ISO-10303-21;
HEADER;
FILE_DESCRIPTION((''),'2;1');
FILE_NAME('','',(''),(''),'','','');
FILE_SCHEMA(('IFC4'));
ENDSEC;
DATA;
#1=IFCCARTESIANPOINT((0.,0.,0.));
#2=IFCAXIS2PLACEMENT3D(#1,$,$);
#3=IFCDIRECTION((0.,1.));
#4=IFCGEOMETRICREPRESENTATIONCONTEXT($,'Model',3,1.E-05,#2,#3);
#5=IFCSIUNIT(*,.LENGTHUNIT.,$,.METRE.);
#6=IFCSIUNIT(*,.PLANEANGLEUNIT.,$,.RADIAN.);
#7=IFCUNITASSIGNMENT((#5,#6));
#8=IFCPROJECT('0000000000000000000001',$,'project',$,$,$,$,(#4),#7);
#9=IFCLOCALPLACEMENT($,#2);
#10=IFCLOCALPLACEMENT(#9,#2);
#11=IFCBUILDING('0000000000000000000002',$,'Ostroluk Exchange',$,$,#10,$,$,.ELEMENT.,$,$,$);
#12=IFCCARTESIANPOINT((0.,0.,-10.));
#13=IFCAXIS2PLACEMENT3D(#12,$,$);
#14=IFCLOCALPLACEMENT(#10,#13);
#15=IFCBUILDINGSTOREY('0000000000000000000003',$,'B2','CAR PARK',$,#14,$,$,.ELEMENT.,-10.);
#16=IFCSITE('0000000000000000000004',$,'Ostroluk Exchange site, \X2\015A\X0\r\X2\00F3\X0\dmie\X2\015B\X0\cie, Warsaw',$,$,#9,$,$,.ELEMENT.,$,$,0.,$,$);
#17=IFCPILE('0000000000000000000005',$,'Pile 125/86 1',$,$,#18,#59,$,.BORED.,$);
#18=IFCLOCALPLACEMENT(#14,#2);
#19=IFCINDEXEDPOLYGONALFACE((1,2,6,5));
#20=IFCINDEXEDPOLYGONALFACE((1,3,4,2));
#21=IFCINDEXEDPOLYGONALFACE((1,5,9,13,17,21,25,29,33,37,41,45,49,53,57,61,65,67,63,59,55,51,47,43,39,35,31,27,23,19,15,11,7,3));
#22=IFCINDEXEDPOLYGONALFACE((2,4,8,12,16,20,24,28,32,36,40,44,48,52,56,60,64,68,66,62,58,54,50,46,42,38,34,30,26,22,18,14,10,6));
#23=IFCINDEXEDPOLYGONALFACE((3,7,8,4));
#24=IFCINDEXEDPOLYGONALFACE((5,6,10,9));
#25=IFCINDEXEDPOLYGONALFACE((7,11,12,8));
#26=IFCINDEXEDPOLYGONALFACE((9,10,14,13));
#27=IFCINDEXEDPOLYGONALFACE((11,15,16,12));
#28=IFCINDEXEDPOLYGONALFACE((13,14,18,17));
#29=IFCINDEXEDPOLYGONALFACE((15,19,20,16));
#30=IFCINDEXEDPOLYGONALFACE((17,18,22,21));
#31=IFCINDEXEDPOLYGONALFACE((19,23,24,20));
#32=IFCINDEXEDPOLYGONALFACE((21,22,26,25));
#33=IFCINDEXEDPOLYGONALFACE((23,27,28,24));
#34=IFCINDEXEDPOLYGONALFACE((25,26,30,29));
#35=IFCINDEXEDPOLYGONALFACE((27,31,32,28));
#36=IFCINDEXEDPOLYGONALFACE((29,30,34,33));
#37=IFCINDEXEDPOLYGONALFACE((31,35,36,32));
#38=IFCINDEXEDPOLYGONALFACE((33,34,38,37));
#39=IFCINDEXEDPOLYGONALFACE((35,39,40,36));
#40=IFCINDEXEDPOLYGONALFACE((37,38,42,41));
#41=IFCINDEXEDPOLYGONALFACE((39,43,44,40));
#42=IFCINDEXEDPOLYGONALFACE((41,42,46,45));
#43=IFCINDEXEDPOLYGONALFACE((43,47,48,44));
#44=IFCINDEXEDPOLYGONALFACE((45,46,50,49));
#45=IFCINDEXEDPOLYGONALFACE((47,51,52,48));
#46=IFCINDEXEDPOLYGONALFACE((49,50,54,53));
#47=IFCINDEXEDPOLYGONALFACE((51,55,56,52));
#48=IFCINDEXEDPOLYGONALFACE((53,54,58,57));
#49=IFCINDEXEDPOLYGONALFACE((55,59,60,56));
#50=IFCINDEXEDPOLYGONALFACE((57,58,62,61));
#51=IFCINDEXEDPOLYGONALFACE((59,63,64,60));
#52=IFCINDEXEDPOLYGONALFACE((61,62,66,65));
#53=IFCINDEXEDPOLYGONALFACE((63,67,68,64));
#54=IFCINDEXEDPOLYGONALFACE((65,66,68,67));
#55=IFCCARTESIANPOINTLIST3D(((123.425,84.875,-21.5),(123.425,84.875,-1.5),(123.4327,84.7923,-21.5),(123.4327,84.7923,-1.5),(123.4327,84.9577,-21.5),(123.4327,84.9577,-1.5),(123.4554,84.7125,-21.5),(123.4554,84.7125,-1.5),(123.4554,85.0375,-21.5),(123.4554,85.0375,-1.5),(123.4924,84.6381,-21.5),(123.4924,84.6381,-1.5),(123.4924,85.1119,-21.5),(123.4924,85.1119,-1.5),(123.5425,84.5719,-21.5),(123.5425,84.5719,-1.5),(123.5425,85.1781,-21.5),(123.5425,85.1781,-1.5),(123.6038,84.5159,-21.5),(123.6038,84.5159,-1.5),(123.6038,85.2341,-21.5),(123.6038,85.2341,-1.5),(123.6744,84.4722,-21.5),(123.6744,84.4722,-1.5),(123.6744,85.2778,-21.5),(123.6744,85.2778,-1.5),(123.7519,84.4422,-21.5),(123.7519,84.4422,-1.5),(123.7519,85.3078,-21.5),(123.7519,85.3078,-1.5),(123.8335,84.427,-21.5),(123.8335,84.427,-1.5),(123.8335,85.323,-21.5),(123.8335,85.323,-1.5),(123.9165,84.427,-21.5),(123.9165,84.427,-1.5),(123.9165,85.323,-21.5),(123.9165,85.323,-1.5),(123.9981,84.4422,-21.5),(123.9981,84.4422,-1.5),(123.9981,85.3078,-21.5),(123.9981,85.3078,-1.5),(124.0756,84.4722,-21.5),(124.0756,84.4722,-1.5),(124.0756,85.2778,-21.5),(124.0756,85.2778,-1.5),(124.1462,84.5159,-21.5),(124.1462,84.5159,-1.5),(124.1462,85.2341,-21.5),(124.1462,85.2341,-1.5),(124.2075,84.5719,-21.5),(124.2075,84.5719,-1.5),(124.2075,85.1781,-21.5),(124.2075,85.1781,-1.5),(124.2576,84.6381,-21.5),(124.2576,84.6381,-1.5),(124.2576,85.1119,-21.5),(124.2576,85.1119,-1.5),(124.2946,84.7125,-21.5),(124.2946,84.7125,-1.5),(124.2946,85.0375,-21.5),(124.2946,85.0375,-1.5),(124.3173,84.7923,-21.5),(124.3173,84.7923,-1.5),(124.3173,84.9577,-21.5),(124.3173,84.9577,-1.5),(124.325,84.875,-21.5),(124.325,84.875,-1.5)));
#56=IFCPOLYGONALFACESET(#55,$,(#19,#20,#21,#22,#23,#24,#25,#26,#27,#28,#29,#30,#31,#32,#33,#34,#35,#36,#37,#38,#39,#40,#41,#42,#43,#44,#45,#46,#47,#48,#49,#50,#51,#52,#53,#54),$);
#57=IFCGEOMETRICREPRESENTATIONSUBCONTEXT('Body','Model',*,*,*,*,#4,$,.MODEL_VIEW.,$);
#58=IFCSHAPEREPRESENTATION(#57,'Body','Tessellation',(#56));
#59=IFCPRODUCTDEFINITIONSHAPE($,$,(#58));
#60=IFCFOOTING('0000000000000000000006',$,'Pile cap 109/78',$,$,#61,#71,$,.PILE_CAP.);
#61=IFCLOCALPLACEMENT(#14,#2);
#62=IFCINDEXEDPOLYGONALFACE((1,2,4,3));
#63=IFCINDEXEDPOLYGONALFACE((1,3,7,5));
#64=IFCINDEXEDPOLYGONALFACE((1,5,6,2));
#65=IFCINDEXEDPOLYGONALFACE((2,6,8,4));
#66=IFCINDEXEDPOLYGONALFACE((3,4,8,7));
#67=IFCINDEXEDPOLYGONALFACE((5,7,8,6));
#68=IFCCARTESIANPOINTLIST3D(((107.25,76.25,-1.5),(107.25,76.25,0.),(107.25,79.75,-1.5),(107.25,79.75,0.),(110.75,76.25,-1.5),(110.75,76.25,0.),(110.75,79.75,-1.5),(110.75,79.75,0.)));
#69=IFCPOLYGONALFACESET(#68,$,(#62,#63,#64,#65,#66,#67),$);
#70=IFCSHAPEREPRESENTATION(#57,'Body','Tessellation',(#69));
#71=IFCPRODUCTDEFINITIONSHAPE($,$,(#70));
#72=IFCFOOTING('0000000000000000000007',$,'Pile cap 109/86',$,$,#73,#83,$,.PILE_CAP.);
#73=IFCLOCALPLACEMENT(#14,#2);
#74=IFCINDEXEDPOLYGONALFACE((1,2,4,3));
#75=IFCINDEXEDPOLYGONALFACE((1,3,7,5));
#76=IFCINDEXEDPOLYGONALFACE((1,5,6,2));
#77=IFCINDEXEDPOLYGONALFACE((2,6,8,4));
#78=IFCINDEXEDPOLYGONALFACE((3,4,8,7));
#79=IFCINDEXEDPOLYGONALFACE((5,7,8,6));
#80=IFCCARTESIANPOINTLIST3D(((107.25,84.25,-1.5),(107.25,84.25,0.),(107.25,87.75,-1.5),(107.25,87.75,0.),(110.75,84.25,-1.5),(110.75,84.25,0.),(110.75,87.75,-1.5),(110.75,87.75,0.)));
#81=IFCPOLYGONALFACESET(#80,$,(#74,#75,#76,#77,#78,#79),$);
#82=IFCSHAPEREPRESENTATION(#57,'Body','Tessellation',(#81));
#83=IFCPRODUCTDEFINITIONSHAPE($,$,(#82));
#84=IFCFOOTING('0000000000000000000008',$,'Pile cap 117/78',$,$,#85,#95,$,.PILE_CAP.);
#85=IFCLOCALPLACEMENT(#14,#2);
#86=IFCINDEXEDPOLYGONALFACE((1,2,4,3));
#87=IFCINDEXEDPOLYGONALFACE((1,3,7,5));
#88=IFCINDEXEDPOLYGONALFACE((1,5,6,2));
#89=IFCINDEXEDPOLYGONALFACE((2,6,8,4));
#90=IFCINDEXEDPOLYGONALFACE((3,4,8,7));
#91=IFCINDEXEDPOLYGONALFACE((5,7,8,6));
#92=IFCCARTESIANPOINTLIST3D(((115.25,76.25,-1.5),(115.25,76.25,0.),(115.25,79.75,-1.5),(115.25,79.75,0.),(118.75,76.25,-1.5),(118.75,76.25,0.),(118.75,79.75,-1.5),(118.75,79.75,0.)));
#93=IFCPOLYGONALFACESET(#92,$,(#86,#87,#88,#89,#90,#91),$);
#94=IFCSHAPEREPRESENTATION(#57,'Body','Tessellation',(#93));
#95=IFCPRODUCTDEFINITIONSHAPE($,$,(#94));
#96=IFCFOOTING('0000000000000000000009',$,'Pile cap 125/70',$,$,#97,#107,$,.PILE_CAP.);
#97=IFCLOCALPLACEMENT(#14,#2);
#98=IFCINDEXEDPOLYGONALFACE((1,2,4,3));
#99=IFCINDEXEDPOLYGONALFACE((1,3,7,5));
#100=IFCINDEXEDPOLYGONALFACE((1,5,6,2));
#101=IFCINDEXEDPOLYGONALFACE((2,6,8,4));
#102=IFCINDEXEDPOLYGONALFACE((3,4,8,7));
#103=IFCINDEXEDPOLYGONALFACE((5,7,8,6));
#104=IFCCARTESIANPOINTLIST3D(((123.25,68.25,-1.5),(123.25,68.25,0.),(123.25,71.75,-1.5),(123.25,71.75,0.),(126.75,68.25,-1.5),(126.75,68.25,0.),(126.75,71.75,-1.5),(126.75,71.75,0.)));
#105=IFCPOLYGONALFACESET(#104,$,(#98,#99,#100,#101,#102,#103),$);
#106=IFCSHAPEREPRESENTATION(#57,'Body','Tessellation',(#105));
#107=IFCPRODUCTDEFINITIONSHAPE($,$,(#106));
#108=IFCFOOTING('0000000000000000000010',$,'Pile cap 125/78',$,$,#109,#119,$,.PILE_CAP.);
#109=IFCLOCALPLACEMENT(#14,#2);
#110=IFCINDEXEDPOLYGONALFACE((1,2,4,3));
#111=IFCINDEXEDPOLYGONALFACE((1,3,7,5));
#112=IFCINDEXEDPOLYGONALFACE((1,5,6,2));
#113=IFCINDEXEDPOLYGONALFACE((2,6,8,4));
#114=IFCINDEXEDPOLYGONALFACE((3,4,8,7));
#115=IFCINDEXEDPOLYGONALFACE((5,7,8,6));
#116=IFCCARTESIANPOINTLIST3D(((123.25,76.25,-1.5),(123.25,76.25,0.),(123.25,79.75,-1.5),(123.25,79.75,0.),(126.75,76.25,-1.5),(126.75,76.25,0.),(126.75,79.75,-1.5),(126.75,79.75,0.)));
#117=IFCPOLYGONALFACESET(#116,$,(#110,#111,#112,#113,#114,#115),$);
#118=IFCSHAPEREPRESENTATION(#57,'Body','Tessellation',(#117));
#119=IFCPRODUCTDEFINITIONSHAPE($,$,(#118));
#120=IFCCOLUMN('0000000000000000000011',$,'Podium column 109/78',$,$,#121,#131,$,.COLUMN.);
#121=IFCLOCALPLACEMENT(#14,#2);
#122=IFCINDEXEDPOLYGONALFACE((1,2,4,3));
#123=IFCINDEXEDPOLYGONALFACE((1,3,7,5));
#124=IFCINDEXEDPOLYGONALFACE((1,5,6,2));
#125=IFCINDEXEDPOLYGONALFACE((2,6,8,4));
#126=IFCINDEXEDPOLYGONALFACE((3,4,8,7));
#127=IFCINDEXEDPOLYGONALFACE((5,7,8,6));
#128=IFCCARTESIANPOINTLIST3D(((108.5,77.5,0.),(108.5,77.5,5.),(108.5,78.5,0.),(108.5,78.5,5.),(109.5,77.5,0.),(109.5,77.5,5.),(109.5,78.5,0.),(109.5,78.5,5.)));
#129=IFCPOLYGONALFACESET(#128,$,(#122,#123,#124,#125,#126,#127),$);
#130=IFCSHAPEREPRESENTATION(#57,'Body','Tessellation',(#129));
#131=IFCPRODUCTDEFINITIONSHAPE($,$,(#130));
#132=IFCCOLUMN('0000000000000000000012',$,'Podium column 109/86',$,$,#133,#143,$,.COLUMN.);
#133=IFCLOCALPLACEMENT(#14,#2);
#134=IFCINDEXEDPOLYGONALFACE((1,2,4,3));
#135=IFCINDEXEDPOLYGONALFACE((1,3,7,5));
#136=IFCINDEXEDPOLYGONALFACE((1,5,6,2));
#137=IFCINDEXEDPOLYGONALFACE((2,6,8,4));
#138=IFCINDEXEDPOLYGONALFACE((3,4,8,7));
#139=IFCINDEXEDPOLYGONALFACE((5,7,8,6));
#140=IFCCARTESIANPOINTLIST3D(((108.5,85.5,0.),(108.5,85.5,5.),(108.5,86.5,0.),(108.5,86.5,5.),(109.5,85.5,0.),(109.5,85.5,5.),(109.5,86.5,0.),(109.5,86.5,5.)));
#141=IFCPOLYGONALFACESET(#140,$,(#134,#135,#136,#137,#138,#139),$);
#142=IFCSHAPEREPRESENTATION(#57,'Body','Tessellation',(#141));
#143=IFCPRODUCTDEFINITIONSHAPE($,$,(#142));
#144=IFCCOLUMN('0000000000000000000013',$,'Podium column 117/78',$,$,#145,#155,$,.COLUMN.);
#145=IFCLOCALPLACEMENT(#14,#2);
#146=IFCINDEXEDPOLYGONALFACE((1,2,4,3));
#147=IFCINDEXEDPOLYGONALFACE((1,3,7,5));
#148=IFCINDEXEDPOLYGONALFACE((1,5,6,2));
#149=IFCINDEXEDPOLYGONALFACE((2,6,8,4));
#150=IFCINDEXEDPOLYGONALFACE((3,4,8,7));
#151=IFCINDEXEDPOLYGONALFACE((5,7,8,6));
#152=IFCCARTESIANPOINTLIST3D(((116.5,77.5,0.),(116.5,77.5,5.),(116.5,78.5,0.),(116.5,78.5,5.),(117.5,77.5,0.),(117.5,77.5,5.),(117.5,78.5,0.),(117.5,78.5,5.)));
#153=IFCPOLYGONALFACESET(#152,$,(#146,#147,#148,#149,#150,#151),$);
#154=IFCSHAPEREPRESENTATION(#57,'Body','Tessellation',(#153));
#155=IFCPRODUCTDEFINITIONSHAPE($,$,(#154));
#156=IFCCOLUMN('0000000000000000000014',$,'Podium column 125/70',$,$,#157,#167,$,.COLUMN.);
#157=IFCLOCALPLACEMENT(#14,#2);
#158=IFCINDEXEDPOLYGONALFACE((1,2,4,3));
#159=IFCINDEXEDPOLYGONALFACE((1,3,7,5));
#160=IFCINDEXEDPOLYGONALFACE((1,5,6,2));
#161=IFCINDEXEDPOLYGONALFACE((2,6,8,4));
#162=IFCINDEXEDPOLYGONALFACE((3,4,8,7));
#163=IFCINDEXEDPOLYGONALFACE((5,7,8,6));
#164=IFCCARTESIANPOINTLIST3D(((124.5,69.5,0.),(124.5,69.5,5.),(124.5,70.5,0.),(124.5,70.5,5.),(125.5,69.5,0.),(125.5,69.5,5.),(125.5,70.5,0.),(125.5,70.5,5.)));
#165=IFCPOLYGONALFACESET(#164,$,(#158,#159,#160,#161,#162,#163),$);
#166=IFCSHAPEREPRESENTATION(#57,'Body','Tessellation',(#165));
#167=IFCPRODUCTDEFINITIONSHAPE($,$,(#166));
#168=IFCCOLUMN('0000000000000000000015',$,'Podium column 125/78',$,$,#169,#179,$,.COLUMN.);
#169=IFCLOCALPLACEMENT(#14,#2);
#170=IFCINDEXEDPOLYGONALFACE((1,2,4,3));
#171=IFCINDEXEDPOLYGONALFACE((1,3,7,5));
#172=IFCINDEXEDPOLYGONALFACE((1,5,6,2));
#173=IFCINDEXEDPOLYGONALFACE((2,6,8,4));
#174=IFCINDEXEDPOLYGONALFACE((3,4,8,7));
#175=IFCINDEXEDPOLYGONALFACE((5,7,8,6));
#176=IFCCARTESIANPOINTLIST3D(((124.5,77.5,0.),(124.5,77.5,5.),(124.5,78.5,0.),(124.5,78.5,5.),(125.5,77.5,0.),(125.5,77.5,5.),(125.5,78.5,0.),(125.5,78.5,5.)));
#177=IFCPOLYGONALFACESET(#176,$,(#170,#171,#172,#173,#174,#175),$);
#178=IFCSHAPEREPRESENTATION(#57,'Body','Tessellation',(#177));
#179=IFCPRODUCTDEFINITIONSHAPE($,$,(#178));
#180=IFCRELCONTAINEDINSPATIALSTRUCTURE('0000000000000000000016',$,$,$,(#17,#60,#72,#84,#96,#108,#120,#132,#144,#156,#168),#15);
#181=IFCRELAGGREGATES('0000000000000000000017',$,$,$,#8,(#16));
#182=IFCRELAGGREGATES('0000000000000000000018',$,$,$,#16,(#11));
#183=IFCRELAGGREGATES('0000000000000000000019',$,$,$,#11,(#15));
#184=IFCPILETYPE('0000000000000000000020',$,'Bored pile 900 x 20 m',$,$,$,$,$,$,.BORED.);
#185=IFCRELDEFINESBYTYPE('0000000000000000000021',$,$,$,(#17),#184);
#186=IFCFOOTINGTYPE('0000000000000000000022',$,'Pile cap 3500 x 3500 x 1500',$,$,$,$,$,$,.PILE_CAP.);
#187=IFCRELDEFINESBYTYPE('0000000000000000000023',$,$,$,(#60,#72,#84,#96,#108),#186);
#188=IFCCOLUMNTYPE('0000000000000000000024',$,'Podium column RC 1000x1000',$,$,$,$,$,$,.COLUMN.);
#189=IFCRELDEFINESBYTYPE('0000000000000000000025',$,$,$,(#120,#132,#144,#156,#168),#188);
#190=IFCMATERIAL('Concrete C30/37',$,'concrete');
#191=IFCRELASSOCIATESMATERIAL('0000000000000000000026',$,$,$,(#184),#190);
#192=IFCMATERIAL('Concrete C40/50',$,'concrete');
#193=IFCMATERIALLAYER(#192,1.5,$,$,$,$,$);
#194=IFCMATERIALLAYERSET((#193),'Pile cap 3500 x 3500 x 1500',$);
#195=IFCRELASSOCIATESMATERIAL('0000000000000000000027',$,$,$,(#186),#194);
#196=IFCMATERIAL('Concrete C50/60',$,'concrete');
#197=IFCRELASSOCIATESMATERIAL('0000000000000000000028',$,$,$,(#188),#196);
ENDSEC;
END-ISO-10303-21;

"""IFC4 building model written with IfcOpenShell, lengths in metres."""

from ifc_helpers import new_model, si_unit, direction, frame, origin, origin_2d, place, context, subcontext, project, spatial, rectangle, circle, extrude, material, layer, layer_set, material_profile, profile_set, type_object, element, save


model = new_model("IFC4")

# Units and contexts
model_context = context("Model", 3, precision=1e-05, world=origin(), true_north=direction((0.0, 1.0)))
body_context = subcontext(model_context, "Body", "Model", "MODEL_VIEW")
ifc_project = project(units=[si_unit("LENGTHUNIT", "METRE"), si_unit("PLANEANGLEUNIT", "RADIAN")], contexts=[model_context])

# Site, building, storey
site_placement = place(None, origin())
site = spatial("IfcSite", under=ifc_project, at=site_placement, Name="Ostroluk Exchange site, Śródmieście, Warsaw", CompositionType="ELEMENT", RefElevation=0.0)
building_placement = place(site_placement, origin())
building = spatial("IfcBuilding", under=site, at=building_placement, Name="Ostroluk Exchange", CompositionType="ELEMENT")
storey_placement = place(building_placement, frame((0.0, 0.0, -10.0)))
storey = spatial("IfcBuildingStorey", under=building, at=storey_placement, Name="B2", Description="CAR PARK", CompositionType="ELEMENT", Elevation=-10.0)

# Pile
ifc_material_1 = material(Name="Concrete C30/37", Category="concrete")
pile_type = type_object("IfcPileType", Name="Bored pile 900 x 20 m", PredefinedType="BORED", material=ifc_material_1)
for number, where, z_axis, x_axis, name in (
    (1, (123.875, 84.875, -1.5), (0.0, 0.0, -1.0), (1.0, 0.0, 0.0), "Pile 125/86 1"),
):
    element("IfcPile", number, at=place(storey_placement, frame(where, z_axis=z_axis, x_axis=x_axis)), inside=storey, type_object=pile_type, Name=name, PredefinedType="BORED", context=body_context, shape_type="SweptSolid", body=[
        extrude(circle(Radius=0.45, at=origin_2d()), origin(), (0.0, 0.0, 1.0), 20.0),
    ])

# Footings
ifc_material_2 = material(Name="Concrete C40/50", Category="concrete")
ifc_layer = layer(ifc_material_2, 1.5)
ifc_layer_set = layer_set([ifc_layer], Name="Pile cap 3500 x 3500 x 1500")
footing_type = type_object("IfcFootingType", Name="Pile cap 3500 x 3500 x 1500", PredefinedType="PILE_CAP", material=ifc_layer_set)
for number, where, z_axis, x_axis, name in (
    (2, (109.0, 78.0, -1.5), (0.0, 0.0, 1.0), (1.0, 0.0, 0.0), "Pile cap 109/78"),
    (3, (109.0, 86.0, -1.5), (0.0, 0.0, 1.0), (1.0, 0.0, 0.0), "Pile cap 109/86"),
    (4, (117.0, 78.0, -1.5), (0.0, 0.0, 1.0), (1.0, 0.0, 0.0), "Pile cap 117/78"),
    (5, (125.0, 70.0, -1.5), (0.0, 0.0, 1.0), (1.0, 0.0, 0.0), "Pile cap 125/70"),
    (6, (125.0, 78.0, -1.5), (0.0, 0.0, 1.0), (1.0, 0.0, 0.0), "Pile cap 125/78"),
):
    element("IfcFooting", number, at=place(storey_placement, frame(where, z_axis=z_axis, x_axis=x_axis)), inside=storey, type_object=footing_type, Name=name, PredefinedType="PILE_CAP", context=body_context, shape_type="SweptSolid", body=[
        extrude(rectangle(XDim=3.5, YDim=3.5, at=origin_2d()), origin(), (0.0, 0.0, 1.0), 1.5),
    ])

# Columns
ifc_material_3 = material(Name="Concrete C50/60", Category="concrete")
ifc_material_profile = material_profile(ifc_material_3, rectangle(XDim=1.0, YDim=1.0, at=origin_2d()), Name="RC 1000x1000")
ifc_profile_set = profile_set([ifc_material_profile], Name="Concrete C50/60")
column_type = type_object("IfcColumnType", Name="Podium column RC 1000x1000", PredefinedType="COLUMN", material=ifc_profile_set)
for number, where, z_axis, x_axis, name in (
    (7, (109.0, 78.0, 0.0), (0.0, 0.0, 1.0), (1.0, 0.0, 0.0), "Podium column 109/78"),
    (8, (109.0, 86.0, 0.0), (0.0, 0.0, 1.0), (1.0, 0.0, 0.0), "Podium column 109/86"),
    (9, (117.0, 78.0, 0.0), (0.0, 0.0, 1.0), (1.0, 0.0, 0.0), "Podium column 117/78"),
    (10, (125.0, 70.0, 0.0), (0.0, 0.0, 1.0), (1.0, 0.0, 0.0), "Podium column 125/70"),
    (11, (125.0, 78.0, 0.0), (0.0, 0.0, 1.0), (1.0, 0.0, 0.0), "Podium column 125/78"),
):
    element("IfcColumn", number, at=place(storey_placement, frame(where, z_axis=z_axis, x_axis=x_axis)), inside=storey, type_object=column_type, Name=name, PredefinedType="COLUMN", context=body_context, shape_type="SweptSolid", body=[
        extrude(rectangle(XDim=1.0, YDim=1.0, at=origin_2d()), origin(), (0.0, 0.0, 1.0), 5.0),
    ])

save(model, "model.ifc")
